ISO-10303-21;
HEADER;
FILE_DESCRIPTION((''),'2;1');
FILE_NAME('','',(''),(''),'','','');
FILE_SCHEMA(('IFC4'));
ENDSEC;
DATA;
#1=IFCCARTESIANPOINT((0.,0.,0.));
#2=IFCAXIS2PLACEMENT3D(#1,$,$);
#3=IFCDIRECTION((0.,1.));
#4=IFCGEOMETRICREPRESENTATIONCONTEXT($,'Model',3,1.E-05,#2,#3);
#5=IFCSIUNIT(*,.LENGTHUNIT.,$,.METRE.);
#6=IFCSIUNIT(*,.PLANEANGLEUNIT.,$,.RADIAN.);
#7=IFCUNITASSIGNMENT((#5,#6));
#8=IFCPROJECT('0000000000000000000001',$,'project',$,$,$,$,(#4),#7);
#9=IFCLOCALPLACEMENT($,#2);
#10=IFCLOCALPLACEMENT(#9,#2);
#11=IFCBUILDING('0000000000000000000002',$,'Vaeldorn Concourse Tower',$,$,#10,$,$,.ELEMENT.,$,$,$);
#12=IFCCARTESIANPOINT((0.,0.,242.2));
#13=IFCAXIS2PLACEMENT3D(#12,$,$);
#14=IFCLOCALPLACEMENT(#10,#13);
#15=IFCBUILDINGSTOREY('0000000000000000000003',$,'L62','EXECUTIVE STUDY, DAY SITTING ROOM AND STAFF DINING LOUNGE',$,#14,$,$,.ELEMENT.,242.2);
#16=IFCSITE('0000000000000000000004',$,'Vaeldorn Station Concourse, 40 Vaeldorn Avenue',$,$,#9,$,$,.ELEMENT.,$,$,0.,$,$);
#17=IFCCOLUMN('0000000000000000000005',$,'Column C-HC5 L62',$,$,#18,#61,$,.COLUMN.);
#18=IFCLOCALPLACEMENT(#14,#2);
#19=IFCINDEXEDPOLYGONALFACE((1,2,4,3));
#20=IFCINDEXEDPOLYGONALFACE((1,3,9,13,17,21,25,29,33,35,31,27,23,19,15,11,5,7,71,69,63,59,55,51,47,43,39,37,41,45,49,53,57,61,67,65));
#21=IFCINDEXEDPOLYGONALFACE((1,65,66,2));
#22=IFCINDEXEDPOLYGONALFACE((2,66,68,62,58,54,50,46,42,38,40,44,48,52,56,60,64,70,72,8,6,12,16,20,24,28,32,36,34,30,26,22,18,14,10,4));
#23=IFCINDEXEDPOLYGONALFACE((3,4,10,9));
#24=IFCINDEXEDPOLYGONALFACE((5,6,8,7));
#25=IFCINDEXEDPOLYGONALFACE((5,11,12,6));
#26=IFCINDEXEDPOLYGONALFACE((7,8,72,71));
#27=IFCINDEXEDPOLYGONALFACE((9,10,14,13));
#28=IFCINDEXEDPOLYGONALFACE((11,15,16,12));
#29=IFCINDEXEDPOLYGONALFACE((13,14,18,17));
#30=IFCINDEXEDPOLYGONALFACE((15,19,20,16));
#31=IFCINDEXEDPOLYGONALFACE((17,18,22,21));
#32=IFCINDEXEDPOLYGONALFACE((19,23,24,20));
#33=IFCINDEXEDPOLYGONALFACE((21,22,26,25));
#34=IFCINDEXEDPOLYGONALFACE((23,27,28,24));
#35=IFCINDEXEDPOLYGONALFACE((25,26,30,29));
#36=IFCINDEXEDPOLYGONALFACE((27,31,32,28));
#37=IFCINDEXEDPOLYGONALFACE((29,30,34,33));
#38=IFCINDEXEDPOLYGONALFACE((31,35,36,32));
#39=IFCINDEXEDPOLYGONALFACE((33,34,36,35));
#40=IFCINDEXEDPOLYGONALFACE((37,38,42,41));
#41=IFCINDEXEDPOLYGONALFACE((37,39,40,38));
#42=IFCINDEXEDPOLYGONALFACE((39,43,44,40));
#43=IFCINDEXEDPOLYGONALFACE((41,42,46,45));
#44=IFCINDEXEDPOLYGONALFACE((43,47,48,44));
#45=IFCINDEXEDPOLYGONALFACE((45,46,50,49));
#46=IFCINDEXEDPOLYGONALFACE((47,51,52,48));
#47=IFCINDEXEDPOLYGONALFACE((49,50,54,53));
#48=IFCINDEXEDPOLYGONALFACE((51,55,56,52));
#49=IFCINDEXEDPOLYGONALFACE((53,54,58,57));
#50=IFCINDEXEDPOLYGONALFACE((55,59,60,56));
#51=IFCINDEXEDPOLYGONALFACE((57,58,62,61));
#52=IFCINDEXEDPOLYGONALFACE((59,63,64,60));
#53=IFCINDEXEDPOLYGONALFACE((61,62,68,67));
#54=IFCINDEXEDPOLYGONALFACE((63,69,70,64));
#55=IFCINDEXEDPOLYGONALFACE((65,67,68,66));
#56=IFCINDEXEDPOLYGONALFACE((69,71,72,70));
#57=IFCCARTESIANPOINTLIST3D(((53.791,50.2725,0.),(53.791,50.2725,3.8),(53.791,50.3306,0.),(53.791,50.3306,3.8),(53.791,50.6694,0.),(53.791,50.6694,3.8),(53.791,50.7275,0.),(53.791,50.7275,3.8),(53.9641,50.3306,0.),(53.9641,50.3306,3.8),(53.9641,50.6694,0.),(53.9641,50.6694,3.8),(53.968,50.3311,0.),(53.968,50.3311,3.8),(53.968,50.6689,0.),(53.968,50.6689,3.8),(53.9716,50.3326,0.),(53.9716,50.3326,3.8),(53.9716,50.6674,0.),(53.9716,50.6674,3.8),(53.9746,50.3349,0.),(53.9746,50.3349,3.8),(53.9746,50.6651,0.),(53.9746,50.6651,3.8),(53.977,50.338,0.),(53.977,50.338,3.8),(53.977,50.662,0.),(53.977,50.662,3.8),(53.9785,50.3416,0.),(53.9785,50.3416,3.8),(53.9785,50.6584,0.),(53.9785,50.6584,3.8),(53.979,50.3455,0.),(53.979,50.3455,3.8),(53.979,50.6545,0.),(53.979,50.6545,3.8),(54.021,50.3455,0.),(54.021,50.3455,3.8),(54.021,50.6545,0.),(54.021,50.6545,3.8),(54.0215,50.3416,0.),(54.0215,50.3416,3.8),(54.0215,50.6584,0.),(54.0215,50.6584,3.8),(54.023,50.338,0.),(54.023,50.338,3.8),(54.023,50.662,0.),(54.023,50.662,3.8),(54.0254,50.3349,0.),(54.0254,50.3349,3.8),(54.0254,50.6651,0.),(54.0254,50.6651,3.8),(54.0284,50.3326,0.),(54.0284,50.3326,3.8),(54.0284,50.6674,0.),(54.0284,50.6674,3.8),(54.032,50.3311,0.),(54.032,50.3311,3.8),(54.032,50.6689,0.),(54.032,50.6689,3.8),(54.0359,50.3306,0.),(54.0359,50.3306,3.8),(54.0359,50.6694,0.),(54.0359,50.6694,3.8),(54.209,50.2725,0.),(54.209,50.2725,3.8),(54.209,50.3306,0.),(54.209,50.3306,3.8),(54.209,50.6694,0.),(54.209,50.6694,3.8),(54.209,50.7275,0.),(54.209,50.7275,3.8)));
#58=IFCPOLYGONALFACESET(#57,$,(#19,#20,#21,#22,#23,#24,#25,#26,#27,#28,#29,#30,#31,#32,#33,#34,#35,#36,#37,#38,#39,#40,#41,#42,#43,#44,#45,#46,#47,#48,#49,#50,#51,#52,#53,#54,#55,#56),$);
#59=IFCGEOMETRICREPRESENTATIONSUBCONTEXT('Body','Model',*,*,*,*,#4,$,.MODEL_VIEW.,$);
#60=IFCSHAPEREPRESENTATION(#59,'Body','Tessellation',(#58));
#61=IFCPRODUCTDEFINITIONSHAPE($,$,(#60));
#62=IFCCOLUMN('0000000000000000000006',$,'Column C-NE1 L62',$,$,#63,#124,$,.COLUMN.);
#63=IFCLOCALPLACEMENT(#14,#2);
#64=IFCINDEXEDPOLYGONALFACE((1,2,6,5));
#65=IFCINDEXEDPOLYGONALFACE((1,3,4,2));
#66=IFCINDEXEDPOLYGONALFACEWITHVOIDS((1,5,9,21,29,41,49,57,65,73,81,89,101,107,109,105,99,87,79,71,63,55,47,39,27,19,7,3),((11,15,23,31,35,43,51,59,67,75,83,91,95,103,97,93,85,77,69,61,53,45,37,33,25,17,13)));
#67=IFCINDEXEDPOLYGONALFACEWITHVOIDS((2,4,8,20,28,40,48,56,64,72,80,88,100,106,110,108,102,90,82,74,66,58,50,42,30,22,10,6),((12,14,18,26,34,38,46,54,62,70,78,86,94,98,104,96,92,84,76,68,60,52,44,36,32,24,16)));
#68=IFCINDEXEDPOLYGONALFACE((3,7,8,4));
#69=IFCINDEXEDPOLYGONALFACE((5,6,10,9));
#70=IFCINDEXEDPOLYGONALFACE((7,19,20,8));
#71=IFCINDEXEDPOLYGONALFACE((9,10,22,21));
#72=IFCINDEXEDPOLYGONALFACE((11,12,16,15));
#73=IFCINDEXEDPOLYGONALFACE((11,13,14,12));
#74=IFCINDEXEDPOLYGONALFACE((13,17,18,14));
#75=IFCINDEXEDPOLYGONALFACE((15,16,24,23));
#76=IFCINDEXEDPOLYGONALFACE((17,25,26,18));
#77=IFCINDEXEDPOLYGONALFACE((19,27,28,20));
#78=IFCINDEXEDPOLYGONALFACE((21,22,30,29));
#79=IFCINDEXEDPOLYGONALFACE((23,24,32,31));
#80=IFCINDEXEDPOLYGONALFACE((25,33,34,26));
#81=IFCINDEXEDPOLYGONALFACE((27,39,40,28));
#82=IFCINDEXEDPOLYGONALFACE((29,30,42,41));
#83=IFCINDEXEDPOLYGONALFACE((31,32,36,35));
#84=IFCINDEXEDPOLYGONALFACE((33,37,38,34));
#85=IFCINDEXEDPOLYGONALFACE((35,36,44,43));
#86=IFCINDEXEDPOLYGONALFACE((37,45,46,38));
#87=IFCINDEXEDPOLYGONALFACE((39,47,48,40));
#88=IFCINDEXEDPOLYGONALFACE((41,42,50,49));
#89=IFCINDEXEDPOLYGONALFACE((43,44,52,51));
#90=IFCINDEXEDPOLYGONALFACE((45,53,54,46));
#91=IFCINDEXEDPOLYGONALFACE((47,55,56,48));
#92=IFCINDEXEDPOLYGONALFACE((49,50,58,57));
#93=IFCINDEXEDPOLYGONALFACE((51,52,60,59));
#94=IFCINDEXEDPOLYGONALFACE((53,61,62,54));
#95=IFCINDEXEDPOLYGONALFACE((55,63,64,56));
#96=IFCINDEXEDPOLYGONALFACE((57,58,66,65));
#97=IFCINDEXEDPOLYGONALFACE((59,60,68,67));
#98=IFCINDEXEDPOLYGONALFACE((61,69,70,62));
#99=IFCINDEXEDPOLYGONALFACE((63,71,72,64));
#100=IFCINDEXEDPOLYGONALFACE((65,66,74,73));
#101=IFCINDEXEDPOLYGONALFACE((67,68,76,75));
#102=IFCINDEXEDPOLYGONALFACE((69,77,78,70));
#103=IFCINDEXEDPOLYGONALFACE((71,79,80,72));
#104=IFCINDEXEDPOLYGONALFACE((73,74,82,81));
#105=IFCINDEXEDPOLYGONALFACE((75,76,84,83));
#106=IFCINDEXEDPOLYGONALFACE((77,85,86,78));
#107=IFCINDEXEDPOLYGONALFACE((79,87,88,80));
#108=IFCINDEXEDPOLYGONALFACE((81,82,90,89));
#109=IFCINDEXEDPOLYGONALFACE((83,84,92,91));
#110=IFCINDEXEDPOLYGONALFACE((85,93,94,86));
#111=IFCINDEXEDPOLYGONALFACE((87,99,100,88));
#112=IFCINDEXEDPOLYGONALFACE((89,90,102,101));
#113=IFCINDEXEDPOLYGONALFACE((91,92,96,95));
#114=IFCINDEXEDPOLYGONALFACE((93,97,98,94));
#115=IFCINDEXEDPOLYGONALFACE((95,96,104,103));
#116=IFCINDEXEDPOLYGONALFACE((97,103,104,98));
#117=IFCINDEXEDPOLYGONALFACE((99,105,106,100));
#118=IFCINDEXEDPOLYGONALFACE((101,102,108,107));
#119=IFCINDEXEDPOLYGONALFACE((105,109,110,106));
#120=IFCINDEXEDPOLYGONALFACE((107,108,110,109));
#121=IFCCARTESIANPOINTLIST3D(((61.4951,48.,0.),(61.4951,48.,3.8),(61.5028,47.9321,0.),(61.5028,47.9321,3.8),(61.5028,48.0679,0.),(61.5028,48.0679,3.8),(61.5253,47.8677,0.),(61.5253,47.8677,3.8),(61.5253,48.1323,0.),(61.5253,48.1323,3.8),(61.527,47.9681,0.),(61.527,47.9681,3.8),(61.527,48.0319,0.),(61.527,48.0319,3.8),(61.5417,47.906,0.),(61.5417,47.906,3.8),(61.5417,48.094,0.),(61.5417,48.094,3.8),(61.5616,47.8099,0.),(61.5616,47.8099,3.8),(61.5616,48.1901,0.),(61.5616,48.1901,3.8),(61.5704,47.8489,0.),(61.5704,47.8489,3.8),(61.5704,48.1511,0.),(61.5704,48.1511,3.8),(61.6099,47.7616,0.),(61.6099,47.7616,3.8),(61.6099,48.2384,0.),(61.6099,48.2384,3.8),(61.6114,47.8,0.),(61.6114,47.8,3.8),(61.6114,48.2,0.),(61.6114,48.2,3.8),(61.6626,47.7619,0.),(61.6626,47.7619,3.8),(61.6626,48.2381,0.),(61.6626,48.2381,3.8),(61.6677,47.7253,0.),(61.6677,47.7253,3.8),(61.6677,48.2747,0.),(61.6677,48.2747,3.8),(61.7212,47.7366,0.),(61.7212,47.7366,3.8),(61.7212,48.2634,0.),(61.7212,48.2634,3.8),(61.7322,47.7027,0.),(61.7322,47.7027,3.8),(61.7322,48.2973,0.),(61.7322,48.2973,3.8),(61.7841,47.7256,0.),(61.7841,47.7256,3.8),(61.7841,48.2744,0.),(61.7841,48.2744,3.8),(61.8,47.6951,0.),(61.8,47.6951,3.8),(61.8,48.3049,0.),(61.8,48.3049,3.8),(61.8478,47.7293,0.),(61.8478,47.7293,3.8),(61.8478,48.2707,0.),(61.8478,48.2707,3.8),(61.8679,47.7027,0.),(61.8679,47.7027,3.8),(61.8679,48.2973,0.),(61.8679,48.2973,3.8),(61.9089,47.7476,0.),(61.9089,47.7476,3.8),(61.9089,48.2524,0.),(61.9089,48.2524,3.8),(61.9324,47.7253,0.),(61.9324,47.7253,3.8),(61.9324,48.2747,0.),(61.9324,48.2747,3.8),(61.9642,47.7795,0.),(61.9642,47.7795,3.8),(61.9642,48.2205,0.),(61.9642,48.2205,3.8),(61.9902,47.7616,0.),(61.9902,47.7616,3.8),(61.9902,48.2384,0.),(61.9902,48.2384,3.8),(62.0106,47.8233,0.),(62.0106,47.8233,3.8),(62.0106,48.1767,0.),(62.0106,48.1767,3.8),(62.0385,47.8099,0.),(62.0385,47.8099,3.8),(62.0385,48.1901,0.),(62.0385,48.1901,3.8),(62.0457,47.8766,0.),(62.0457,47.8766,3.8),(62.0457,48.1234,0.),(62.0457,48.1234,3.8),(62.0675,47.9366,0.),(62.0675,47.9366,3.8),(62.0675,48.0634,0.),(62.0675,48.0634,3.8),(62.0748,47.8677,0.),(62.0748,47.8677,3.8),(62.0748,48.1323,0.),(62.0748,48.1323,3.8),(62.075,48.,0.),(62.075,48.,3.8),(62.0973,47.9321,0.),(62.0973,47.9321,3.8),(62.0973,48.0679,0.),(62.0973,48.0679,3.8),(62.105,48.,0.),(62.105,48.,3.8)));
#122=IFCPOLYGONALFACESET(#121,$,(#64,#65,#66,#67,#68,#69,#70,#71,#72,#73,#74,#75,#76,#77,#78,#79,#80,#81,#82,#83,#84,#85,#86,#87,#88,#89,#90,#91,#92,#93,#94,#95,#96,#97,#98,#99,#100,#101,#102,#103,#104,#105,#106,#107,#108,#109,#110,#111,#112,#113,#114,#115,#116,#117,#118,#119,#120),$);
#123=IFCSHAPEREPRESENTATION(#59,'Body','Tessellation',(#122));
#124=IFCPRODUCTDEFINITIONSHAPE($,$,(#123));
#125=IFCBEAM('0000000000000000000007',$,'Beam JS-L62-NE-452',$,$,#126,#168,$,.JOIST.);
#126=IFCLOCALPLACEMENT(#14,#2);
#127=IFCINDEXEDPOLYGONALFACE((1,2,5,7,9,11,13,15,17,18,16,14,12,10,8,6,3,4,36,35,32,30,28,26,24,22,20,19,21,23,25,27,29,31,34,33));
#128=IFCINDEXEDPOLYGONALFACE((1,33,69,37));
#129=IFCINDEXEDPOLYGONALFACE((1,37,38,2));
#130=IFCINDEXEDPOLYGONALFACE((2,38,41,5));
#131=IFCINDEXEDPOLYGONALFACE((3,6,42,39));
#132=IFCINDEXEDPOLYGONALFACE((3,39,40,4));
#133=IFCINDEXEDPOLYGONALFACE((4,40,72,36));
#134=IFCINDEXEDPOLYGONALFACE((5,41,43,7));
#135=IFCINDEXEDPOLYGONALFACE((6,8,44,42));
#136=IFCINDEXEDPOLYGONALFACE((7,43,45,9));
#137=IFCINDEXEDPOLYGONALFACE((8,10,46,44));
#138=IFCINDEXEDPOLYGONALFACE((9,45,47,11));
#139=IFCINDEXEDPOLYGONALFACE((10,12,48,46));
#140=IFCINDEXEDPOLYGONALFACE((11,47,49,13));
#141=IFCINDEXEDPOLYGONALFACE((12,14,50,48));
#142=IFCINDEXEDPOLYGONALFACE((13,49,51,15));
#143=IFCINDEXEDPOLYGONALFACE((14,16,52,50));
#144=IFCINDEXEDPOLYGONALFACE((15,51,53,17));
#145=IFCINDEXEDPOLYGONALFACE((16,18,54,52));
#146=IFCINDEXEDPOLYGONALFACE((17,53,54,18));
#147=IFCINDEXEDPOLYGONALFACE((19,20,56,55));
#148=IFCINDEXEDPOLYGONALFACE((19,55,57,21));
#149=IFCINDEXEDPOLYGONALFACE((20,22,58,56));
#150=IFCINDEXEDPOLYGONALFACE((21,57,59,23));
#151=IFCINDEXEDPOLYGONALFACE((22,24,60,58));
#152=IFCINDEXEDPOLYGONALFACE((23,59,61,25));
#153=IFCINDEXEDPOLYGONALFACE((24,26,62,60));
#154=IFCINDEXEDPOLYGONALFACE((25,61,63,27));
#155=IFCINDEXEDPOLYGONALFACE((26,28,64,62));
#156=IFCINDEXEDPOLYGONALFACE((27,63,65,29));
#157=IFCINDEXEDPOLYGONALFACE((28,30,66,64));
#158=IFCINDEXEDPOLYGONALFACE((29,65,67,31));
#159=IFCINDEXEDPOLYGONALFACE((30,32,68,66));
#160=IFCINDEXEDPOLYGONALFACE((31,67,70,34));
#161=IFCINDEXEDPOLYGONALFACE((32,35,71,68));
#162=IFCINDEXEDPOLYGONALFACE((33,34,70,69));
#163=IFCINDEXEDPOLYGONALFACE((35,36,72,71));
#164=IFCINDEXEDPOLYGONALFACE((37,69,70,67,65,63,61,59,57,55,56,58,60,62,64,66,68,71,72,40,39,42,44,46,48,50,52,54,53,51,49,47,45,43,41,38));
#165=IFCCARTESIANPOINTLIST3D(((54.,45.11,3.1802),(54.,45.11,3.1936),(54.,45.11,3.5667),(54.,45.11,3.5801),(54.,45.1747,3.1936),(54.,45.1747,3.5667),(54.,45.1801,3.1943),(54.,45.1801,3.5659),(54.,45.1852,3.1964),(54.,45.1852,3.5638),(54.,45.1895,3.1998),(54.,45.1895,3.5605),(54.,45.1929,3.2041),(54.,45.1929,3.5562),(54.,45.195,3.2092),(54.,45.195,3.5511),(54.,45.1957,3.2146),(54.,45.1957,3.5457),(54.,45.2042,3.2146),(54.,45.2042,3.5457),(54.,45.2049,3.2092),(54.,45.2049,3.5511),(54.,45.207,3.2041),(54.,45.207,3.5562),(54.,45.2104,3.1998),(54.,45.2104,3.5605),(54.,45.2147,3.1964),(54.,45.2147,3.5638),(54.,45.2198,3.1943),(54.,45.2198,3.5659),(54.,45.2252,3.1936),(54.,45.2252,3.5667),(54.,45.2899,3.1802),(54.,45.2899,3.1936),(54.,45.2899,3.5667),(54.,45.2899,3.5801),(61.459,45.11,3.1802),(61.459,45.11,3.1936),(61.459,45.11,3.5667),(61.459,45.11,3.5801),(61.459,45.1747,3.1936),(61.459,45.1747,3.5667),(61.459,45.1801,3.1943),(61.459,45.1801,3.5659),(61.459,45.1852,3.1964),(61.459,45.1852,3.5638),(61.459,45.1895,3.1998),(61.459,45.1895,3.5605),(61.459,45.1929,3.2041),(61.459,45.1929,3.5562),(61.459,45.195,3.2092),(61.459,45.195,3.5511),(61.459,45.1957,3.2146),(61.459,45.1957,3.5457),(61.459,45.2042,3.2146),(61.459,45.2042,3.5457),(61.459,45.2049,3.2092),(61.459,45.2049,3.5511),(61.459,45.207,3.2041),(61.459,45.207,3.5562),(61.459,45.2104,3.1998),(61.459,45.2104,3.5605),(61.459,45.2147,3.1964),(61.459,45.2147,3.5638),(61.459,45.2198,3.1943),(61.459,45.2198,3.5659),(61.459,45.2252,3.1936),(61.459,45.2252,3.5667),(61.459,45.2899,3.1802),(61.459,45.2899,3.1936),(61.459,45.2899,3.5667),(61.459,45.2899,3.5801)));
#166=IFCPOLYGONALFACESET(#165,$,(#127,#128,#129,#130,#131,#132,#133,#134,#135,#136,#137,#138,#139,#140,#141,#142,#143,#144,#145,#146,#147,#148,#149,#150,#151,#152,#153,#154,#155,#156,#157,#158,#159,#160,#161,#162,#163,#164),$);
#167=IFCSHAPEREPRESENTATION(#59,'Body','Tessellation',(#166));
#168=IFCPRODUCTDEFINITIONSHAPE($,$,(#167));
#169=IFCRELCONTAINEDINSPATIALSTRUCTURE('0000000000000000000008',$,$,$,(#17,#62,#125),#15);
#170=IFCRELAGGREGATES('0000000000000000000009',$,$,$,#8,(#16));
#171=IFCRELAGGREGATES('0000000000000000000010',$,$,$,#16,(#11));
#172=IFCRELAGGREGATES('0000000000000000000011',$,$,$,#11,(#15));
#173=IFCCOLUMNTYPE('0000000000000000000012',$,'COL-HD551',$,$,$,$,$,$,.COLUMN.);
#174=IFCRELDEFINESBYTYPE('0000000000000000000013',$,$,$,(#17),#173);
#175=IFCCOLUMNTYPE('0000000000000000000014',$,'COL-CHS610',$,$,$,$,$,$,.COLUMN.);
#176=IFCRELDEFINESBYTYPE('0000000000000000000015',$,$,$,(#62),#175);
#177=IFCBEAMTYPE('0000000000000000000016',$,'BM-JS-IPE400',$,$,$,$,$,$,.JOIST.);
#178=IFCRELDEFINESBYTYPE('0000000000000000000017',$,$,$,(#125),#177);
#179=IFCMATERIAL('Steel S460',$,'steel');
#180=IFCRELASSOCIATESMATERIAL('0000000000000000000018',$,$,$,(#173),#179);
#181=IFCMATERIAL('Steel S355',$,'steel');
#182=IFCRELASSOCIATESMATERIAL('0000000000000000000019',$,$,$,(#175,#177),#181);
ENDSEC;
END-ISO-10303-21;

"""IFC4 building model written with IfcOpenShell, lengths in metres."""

from ifc_helpers import new_model, si_unit, direction, frame, origin, origin_2d, place, context, subcontext, project, spatial, hollow_circle, i_section, extrude, source, transform, mapped, material, material_profile, profile_set, type_object, element, save


model = new_model("IFC4")

# Units and contexts
model_context = context("Model", 3, precision=1e-05, world=origin(), true_north=direction((0.0, 1.0)))
body_context = subcontext(model_context, "Body", "Model", "MODEL_VIEW")
ifc_project = project(units=[si_unit("LENGTHUNIT", "METRE"), si_unit("PLANEANGLEUNIT", "RADIAN")], contexts=[model_context])

# Site, building, storey
site_placement = place(None, origin())
site = spatial("IfcSite", under=ifc_project, at=site_placement, Name="Vaeldorn Station Concourse, 40 Vaeldorn Avenue", CompositionType="ELEMENT", RefElevation=0.0)
building_placement = place(site_placement, origin())
building = spatial("IfcBuilding", under=site, at=building_placement, Name="Vaeldorn Concourse Tower", CompositionType="ELEMENT")
storey_placement = place(building_placement, frame((0.0, 0.0, 242.2)))
storey = spatial("IfcBuildingStorey", under=building, at=storey_placement, Name="L62", Description="EXECUTIVE STUDY, DAY SITTING ROOM AND STAFF DINING LOUNGE", CompositionType="ELEMENT", Elevation=242.2)

# Columns
ifc_material_1 = material(Name="Steel S460", Category="steel")
ifc_material_profile_1 = material_profile(ifc_material_1, i_section(OverallWidth=0.418, OverallDepth=0.4551, WebThickness=0.042, FlangeThickness=0.0581, FilletRadius=0.0149, at=origin_2d()), Name="HD 400x551")
ifc_profile_set_1 = profile_set([ifc_material_profile_1], Name="Steel S460")
column_type_1 = type_object("IfcColumnType", Name="COL-HD551", PredefinedType="COLUMN", material=ifc_profile_set_1)
shared_shape_1 = source(origin(), body_context, "Body", "SweptSolid", [
    extrude(i_section(OverallWidth=0.418, OverallDepth=0.4551, WebThickness=0.042, FlangeThickness=0.0581, FilletRadius=0.0149, at=origin_2d()), origin(), (0.0, 0.0, 1.0), 3.8),
])
column_1_placement = place(storey_placement, frame((54.0, 50.5, 0.0), z_axis=(0.0, 0.0, 1.0), x_axis=(1.0, 0.0, 0.0)))
element("IfcColumn", 1, at=column_1_placement, inside=storey, type_object=column_type_1, Name="Column C-HC5 L62", PredefinedType="COLUMN", context=body_context, shape_type="MappedRepresentation", body=[
    mapped(shared_shape_1, transform((0.0, 0.0, 0.0), scale=1.0)),
])
ifc_material_2 = material(Name="Steel S355", Category="steel")
ifc_material_profile_2 = material_profile(ifc_material_2, hollow_circle(Radius=0.3049, WallThickness=0.03, at=origin_2d()), Name="CHS 610x30")
ifc_profile_set_2 = profile_set([ifc_material_profile_2], Name="Steel S355")
column_type_2 = type_object("IfcColumnType", Name="COL-CHS610", PredefinedType="COLUMN", material=ifc_profile_set_2)
shared_shape_2 = source(origin(), body_context, "Body", "SweptSolid", [
    extrude(hollow_circle(Radius=0.3049, WallThickness=0.03, at=origin_2d()), origin(), (0.0, 0.0, 1.0), 3.8),
])
column_2_placement = place(storey_placement, frame((61.8, 48.0, 0.0), z_axis=(0.0, 0.0, 1.0), x_axis=(1.0, 0.0, 0.0)))
element("IfcColumn", 2, at=column_2_placement, inside=storey, type_object=column_type_2, Name="Column C-NE1 L62", PredefinedType="COLUMN", context=body_context, shape_type="MappedRepresentation", body=[
    mapped(shared_shape_2, transform((0.0, 0.0, 0.0), scale=1.0)),
])

# Beam
ifc_material_profile_3 = material_profile(ifc_material_2, i_section(OverallWidth=0.1799, OverallDepth=0.3999, WebThickness=0.0085, FlangeThickness=0.0134, FilletRadius=0.021, at=origin_2d()), Name="IPE 400")
ifc_profile_set_3 = profile_set([ifc_material_profile_3], Name="Steel S355")
beam_type_1 = type_object("IfcBeamType", Name="BM-JS-IPE400", PredefinedType="JOIST", material=ifc_profile_set_3)
shared_shape_3 = source(origin(), body_context, "Body", "SweptSolid", [
    extrude(i_section(OverallWidth=0.1799, OverallDepth=0.3999, WebThickness=0.0085, FlangeThickness=0.0134, FilletRadius=0.021, at=origin_2d()), origin(), (0.0, 0.0, 1.0), 7.459),
])
beam_1_placement = place(storey_placement, frame((54.0, 45.2, 3.3801), z_axis=(1.0, 0.0, 0.0), x_axis=(0.0, 1.0, 0.0)))
element("IfcBeam", 3, at=beam_1_placement, inside=storey, type_object=beam_type_1, Name="Beam JS-L62-NE-452", PredefinedType="JOIST", context=body_context, shape_type="MappedRepresentation", body=[
    mapped(shared_shape_3, transform((0.0, 0.0, 0.0), scale=1.0)),
])

save(model, "model.ifc")
